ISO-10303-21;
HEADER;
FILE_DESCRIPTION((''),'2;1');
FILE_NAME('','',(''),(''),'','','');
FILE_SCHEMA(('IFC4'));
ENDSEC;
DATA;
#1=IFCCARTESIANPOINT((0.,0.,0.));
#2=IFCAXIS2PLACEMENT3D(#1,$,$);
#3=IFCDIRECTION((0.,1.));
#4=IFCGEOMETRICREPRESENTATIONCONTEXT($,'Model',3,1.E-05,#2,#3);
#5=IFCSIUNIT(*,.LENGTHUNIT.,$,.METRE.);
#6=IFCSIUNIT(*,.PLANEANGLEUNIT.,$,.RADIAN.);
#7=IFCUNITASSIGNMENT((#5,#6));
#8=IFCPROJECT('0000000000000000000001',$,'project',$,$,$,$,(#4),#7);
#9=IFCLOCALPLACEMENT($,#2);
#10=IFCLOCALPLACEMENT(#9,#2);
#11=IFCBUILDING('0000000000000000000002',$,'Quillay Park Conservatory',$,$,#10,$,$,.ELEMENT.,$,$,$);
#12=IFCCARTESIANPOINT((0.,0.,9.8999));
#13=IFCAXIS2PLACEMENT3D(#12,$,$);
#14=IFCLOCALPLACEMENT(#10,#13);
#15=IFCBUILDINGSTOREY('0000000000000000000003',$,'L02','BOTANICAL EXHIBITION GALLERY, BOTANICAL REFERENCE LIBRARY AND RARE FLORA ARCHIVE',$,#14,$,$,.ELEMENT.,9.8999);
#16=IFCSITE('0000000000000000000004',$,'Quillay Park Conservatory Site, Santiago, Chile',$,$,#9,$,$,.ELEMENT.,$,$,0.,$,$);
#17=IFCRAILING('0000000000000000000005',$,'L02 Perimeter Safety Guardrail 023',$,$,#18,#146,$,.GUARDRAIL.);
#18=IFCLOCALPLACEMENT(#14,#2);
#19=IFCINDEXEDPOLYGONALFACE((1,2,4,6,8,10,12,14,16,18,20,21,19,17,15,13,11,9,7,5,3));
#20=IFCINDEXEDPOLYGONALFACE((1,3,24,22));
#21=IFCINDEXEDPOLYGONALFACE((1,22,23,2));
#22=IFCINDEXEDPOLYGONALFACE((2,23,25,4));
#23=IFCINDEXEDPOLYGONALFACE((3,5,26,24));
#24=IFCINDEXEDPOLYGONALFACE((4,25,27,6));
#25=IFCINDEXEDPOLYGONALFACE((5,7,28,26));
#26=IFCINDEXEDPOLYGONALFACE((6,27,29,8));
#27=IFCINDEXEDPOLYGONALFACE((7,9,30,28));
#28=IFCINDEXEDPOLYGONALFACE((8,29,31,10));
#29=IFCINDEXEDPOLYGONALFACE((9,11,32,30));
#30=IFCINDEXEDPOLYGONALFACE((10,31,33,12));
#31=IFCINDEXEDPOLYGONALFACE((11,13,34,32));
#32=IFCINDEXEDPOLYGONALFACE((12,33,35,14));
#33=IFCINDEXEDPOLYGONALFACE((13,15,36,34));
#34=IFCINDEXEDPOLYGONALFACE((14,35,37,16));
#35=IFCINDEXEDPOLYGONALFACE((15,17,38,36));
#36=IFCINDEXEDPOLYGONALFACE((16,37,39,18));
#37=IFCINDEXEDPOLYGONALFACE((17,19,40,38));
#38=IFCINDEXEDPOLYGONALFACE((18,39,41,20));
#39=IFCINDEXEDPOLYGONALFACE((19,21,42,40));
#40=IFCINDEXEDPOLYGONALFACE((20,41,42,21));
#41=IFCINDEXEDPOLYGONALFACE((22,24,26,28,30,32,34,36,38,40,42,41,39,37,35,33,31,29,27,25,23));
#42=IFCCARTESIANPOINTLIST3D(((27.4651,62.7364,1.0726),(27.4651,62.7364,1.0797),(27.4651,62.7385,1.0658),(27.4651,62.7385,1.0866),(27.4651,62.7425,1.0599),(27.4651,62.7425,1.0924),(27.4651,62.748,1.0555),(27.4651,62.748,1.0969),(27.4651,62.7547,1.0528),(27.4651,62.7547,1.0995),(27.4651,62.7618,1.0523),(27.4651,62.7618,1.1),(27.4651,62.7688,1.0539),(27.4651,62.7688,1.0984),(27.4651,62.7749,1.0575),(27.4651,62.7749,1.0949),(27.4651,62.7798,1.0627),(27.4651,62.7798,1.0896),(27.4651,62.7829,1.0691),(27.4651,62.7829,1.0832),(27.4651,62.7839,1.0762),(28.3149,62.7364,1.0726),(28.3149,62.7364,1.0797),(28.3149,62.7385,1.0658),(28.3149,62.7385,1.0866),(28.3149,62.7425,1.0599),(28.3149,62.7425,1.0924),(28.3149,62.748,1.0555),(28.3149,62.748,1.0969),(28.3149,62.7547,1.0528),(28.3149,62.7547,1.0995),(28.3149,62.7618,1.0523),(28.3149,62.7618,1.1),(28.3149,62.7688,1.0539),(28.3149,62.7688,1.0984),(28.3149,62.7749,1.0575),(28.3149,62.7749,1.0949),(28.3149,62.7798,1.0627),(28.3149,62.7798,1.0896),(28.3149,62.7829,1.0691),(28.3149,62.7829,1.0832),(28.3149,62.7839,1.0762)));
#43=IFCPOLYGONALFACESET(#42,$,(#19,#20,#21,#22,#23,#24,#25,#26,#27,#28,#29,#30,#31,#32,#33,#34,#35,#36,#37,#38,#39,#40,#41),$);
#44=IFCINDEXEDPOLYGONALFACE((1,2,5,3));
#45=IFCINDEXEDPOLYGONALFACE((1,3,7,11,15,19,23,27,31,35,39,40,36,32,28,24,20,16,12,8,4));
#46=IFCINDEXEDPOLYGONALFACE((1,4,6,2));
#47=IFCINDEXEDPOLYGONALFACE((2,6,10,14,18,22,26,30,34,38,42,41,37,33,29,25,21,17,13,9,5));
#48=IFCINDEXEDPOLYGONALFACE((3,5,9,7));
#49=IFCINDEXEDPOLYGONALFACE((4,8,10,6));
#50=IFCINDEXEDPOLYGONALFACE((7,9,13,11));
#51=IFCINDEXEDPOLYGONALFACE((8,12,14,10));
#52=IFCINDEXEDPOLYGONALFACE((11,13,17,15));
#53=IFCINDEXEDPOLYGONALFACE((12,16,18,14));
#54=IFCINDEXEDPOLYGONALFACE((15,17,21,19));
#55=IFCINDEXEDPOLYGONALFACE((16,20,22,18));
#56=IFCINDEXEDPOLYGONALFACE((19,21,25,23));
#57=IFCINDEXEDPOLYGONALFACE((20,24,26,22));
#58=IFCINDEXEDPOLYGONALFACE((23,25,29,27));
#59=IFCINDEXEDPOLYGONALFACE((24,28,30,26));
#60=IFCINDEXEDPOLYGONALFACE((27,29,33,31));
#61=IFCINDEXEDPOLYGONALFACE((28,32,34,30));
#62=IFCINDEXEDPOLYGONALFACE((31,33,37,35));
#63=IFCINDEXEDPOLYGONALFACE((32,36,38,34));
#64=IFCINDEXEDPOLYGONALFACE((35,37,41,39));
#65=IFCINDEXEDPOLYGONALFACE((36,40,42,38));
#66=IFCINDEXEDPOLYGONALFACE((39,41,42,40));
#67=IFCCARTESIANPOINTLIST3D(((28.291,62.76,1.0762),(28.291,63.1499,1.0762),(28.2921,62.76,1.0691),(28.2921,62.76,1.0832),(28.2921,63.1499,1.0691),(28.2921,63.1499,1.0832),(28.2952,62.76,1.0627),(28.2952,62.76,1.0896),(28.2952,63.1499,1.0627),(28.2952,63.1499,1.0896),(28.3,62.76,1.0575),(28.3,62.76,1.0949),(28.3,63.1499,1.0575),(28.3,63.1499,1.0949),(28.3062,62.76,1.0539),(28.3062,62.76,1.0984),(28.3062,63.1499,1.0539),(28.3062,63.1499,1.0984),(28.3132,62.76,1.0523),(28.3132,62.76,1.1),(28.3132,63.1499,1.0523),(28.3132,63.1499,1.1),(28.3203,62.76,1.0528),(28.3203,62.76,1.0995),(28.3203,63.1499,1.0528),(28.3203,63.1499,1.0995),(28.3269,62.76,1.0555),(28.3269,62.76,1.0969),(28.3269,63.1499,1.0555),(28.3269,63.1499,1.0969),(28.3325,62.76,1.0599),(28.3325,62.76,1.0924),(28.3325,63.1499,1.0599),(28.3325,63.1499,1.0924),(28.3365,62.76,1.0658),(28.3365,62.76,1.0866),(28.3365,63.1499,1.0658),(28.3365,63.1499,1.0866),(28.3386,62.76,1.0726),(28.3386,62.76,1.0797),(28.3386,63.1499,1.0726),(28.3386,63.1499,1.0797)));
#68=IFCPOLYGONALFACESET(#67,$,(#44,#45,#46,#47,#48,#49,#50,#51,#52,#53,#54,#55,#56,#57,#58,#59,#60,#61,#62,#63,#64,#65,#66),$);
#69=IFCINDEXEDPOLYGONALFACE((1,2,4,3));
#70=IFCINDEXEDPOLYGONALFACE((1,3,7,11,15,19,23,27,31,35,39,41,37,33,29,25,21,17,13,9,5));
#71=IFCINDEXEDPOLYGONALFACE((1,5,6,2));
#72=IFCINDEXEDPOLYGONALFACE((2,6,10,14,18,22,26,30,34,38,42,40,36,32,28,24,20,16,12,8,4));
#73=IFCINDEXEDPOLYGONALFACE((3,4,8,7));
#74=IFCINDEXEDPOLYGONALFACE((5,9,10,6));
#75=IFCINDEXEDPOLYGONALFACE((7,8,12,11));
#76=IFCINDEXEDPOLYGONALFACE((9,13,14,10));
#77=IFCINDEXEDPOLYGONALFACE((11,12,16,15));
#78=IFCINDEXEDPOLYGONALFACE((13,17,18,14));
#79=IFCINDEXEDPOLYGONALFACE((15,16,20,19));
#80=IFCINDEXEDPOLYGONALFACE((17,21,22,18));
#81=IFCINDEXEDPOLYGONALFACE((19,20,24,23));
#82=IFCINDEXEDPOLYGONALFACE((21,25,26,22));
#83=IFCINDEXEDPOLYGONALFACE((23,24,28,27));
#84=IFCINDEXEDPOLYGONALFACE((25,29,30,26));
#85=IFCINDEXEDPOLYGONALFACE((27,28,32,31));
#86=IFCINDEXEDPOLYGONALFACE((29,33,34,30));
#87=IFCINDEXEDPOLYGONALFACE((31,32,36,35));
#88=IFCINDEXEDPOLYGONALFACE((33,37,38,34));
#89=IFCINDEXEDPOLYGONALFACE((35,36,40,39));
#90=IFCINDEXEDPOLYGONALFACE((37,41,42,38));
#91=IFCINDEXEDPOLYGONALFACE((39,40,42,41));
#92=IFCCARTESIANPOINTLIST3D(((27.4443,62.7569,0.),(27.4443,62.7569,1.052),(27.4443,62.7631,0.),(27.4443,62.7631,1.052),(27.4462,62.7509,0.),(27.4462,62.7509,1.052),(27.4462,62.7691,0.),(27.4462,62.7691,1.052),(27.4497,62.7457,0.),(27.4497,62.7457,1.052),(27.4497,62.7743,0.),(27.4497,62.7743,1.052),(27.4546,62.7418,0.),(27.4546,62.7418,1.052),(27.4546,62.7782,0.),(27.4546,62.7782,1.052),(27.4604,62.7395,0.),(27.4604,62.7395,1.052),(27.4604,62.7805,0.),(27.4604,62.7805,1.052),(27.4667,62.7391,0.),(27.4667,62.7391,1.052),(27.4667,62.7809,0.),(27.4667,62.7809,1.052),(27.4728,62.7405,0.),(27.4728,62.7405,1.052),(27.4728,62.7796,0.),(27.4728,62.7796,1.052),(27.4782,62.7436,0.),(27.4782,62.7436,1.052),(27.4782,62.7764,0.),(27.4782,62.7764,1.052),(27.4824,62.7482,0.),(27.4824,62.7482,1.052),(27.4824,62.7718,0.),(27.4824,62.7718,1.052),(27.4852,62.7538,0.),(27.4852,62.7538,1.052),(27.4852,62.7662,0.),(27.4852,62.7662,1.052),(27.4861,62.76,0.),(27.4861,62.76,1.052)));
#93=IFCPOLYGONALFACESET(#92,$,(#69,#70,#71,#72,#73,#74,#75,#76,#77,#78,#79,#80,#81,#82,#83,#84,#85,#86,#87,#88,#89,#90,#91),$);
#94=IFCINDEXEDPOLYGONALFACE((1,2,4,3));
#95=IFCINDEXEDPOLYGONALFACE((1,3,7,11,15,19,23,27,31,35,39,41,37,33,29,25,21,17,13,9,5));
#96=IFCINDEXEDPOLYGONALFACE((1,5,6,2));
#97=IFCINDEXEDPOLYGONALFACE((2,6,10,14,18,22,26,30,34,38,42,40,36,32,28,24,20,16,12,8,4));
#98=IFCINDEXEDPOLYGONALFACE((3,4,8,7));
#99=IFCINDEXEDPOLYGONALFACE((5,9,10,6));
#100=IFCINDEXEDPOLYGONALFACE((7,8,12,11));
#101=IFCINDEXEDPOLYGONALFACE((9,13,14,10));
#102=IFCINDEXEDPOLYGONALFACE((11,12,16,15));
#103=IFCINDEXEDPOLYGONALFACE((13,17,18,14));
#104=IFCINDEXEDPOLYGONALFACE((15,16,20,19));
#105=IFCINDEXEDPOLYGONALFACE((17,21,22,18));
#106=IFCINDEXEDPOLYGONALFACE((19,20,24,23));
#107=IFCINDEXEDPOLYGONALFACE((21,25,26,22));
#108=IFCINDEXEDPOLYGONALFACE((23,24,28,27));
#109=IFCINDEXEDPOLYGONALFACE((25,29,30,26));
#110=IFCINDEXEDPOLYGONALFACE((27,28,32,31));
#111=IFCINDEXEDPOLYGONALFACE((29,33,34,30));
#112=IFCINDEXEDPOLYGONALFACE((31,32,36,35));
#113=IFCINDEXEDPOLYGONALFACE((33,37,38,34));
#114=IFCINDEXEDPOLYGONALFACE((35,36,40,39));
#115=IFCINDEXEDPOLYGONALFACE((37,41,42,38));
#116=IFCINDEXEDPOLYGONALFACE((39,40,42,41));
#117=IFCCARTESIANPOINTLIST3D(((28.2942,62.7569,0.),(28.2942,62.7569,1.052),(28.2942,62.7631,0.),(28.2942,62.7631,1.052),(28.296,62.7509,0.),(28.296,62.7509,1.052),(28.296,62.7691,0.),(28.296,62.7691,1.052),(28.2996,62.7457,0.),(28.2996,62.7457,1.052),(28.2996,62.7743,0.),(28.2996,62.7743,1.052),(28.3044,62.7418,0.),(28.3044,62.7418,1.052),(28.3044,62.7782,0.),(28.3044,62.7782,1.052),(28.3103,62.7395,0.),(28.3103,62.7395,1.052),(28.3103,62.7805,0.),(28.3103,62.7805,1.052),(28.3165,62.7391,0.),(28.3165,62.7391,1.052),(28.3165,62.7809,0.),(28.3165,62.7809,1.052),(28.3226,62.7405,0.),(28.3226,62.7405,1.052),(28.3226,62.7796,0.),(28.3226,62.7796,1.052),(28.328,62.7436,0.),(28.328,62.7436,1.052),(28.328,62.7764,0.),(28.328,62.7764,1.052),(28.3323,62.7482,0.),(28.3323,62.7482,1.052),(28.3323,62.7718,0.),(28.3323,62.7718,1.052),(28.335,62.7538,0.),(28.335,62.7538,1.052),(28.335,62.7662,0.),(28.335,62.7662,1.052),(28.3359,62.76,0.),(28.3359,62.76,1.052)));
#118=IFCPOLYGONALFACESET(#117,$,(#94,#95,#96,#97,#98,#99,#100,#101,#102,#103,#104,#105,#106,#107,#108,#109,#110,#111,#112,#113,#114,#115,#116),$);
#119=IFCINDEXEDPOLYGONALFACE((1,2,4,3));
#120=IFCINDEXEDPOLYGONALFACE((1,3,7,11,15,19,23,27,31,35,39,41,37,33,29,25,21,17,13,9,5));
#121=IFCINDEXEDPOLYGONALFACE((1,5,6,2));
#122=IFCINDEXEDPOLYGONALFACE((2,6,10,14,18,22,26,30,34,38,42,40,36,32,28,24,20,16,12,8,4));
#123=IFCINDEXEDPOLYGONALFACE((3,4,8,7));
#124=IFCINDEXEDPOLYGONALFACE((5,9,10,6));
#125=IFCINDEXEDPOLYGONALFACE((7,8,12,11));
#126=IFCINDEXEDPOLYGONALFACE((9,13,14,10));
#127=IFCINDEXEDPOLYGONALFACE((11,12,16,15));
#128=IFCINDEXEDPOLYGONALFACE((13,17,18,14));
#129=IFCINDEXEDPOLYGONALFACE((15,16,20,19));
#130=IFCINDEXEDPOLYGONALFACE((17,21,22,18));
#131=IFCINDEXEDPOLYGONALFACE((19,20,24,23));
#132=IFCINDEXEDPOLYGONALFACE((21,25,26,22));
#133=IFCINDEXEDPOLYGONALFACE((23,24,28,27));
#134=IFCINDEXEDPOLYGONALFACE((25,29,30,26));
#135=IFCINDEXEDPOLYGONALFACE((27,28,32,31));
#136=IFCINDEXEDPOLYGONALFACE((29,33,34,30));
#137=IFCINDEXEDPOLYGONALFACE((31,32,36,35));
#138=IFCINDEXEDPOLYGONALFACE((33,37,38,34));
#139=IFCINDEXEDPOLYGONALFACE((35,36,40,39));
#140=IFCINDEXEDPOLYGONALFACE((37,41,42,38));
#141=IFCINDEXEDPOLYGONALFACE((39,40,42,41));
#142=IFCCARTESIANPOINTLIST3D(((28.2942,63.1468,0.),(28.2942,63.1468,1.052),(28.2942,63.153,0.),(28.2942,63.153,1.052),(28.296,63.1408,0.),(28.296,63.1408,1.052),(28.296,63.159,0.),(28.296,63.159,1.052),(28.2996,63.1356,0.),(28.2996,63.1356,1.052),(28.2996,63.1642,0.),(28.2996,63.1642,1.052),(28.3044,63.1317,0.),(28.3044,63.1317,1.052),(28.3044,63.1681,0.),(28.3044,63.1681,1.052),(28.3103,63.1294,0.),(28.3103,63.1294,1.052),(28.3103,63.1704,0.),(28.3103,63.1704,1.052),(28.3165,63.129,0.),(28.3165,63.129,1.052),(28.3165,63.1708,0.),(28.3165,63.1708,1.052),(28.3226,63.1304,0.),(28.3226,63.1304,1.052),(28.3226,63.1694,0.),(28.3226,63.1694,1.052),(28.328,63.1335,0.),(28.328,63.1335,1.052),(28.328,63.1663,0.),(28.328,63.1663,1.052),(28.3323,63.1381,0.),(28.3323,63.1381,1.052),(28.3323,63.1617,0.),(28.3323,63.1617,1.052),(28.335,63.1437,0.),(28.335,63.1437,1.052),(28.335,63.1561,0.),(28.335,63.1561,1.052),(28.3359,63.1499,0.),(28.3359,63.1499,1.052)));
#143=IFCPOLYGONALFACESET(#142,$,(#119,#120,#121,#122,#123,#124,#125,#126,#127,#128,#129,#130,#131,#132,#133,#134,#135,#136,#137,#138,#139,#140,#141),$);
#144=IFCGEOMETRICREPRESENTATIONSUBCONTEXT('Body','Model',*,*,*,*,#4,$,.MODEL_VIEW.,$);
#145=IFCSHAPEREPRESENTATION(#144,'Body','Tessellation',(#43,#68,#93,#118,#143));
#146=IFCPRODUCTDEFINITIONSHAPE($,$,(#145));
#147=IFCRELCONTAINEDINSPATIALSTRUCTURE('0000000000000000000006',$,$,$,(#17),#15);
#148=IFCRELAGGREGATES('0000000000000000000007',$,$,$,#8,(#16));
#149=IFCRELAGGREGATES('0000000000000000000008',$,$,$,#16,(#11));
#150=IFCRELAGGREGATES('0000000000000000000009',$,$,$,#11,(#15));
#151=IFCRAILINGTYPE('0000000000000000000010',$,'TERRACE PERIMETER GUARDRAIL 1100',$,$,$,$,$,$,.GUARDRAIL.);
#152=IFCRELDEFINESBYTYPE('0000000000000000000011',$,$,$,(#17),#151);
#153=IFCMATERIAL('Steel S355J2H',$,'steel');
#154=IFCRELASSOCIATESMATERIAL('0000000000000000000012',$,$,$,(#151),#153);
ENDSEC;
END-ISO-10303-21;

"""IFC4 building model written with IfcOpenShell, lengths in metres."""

from ifc_helpers import new_model, si_unit, direction, frame, origin, origin_2d, place, context, subcontext, project, spatial, circle, extrude, material, type_object, element, save


model = new_model("IFC4")

# Units and contexts
model_context = context("Model", 3, precision=1e-05, world=origin(), true_north=direction((0.0, 1.0)))
body_context = subcontext(model_context, "Body", "Model", "MODEL_VIEW")
ifc_project = project(units=[si_unit("LENGTHUNIT", "METRE"), si_unit("PLANEANGLEUNIT", "RADIAN")], contexts=[model_context])

# Site, building, storey
site_placement = place(None, origin())
site = spatial("IfcSite", under=ifc_project, at=site_placement, Name="Quillay Park Conservatory Site, Santiago, Chile", CompositionType="ELEMENT", RefElevation=0.0)
building_placement = place(site_placement, origin())
building = spatial("IfcBuilding", under=site, at=building_placement, Name="Quillay Park Conservatory", CompositionType="ELEMENT")
storey_placement = place(building_placement, frame((0.0, 0.0, 9.8999)))
storey = spatial("IfcBuildingStorey", under=building, at=storey_placement, Name="L02", Description="BOTANICAL EXHIBITION GALLERY, BOTANICAL REFERENCE LIBRARY AND RARE FLORA ARCHIVE", CompositionType="ELEMENT", Elevation=9.8999)

# Railing
ifc_material_1 = material(Name="Steel S355J2H", Category="steel")
railing_type = type_object("IfcRailingType", Name="TERRACE PERIMETER GUARDRAIL 1100", PredefinedType="GUARDRAIL", material=ifc_material_1)
railing_placement = place(storey_placement, frame((27.4651, 62.76, 0.0)))
element("IfcRailing", 1, at=railing_placement, inside=storey, type_object=railing_type, Name="L02 Perimeter Safety Guardrail 023", PredefinedType="GUARDRAIL", context=body_context, shape_type="SweptSolid", body=[
    extrude(circle(Radius=0.0239, at=origin_2d()), frame((0.0, 0.0, 1.0762), z_axis=(1.0, 0.0, 0.0), x_axis=(0.0, 1.0, 0.0)), (0.0, 0.0, 1.0), 0.8499),
    extrude(circle(Radius=0.0239, at=origin_2d()), frame((0.8499, 0.0, 1.0762), z_axis=(0.0, 1.0, 0.0), x_axis=(-1.0, 0.0, 0.0)), (0.0, 0.0, 1.0), 0.3899),
    extrude(circle(Radius=0.021, at=origin_2d()), origin(), (0.0, 0.0, 1.0), 1.052),
    extrude(circle(Radius=0.021, at=origin_2d()), frame((0.8499, 0.0, 0.0)), (0.0, 0.0, 1.0), 1.052),
    extrude(circle(Radius=0.021, at=origin_2d()), frame((0.8499, 0.3899, 0.0)), (0.0, 0.0, 1.0), 1.052),
])

save(model, "model.ifc")
